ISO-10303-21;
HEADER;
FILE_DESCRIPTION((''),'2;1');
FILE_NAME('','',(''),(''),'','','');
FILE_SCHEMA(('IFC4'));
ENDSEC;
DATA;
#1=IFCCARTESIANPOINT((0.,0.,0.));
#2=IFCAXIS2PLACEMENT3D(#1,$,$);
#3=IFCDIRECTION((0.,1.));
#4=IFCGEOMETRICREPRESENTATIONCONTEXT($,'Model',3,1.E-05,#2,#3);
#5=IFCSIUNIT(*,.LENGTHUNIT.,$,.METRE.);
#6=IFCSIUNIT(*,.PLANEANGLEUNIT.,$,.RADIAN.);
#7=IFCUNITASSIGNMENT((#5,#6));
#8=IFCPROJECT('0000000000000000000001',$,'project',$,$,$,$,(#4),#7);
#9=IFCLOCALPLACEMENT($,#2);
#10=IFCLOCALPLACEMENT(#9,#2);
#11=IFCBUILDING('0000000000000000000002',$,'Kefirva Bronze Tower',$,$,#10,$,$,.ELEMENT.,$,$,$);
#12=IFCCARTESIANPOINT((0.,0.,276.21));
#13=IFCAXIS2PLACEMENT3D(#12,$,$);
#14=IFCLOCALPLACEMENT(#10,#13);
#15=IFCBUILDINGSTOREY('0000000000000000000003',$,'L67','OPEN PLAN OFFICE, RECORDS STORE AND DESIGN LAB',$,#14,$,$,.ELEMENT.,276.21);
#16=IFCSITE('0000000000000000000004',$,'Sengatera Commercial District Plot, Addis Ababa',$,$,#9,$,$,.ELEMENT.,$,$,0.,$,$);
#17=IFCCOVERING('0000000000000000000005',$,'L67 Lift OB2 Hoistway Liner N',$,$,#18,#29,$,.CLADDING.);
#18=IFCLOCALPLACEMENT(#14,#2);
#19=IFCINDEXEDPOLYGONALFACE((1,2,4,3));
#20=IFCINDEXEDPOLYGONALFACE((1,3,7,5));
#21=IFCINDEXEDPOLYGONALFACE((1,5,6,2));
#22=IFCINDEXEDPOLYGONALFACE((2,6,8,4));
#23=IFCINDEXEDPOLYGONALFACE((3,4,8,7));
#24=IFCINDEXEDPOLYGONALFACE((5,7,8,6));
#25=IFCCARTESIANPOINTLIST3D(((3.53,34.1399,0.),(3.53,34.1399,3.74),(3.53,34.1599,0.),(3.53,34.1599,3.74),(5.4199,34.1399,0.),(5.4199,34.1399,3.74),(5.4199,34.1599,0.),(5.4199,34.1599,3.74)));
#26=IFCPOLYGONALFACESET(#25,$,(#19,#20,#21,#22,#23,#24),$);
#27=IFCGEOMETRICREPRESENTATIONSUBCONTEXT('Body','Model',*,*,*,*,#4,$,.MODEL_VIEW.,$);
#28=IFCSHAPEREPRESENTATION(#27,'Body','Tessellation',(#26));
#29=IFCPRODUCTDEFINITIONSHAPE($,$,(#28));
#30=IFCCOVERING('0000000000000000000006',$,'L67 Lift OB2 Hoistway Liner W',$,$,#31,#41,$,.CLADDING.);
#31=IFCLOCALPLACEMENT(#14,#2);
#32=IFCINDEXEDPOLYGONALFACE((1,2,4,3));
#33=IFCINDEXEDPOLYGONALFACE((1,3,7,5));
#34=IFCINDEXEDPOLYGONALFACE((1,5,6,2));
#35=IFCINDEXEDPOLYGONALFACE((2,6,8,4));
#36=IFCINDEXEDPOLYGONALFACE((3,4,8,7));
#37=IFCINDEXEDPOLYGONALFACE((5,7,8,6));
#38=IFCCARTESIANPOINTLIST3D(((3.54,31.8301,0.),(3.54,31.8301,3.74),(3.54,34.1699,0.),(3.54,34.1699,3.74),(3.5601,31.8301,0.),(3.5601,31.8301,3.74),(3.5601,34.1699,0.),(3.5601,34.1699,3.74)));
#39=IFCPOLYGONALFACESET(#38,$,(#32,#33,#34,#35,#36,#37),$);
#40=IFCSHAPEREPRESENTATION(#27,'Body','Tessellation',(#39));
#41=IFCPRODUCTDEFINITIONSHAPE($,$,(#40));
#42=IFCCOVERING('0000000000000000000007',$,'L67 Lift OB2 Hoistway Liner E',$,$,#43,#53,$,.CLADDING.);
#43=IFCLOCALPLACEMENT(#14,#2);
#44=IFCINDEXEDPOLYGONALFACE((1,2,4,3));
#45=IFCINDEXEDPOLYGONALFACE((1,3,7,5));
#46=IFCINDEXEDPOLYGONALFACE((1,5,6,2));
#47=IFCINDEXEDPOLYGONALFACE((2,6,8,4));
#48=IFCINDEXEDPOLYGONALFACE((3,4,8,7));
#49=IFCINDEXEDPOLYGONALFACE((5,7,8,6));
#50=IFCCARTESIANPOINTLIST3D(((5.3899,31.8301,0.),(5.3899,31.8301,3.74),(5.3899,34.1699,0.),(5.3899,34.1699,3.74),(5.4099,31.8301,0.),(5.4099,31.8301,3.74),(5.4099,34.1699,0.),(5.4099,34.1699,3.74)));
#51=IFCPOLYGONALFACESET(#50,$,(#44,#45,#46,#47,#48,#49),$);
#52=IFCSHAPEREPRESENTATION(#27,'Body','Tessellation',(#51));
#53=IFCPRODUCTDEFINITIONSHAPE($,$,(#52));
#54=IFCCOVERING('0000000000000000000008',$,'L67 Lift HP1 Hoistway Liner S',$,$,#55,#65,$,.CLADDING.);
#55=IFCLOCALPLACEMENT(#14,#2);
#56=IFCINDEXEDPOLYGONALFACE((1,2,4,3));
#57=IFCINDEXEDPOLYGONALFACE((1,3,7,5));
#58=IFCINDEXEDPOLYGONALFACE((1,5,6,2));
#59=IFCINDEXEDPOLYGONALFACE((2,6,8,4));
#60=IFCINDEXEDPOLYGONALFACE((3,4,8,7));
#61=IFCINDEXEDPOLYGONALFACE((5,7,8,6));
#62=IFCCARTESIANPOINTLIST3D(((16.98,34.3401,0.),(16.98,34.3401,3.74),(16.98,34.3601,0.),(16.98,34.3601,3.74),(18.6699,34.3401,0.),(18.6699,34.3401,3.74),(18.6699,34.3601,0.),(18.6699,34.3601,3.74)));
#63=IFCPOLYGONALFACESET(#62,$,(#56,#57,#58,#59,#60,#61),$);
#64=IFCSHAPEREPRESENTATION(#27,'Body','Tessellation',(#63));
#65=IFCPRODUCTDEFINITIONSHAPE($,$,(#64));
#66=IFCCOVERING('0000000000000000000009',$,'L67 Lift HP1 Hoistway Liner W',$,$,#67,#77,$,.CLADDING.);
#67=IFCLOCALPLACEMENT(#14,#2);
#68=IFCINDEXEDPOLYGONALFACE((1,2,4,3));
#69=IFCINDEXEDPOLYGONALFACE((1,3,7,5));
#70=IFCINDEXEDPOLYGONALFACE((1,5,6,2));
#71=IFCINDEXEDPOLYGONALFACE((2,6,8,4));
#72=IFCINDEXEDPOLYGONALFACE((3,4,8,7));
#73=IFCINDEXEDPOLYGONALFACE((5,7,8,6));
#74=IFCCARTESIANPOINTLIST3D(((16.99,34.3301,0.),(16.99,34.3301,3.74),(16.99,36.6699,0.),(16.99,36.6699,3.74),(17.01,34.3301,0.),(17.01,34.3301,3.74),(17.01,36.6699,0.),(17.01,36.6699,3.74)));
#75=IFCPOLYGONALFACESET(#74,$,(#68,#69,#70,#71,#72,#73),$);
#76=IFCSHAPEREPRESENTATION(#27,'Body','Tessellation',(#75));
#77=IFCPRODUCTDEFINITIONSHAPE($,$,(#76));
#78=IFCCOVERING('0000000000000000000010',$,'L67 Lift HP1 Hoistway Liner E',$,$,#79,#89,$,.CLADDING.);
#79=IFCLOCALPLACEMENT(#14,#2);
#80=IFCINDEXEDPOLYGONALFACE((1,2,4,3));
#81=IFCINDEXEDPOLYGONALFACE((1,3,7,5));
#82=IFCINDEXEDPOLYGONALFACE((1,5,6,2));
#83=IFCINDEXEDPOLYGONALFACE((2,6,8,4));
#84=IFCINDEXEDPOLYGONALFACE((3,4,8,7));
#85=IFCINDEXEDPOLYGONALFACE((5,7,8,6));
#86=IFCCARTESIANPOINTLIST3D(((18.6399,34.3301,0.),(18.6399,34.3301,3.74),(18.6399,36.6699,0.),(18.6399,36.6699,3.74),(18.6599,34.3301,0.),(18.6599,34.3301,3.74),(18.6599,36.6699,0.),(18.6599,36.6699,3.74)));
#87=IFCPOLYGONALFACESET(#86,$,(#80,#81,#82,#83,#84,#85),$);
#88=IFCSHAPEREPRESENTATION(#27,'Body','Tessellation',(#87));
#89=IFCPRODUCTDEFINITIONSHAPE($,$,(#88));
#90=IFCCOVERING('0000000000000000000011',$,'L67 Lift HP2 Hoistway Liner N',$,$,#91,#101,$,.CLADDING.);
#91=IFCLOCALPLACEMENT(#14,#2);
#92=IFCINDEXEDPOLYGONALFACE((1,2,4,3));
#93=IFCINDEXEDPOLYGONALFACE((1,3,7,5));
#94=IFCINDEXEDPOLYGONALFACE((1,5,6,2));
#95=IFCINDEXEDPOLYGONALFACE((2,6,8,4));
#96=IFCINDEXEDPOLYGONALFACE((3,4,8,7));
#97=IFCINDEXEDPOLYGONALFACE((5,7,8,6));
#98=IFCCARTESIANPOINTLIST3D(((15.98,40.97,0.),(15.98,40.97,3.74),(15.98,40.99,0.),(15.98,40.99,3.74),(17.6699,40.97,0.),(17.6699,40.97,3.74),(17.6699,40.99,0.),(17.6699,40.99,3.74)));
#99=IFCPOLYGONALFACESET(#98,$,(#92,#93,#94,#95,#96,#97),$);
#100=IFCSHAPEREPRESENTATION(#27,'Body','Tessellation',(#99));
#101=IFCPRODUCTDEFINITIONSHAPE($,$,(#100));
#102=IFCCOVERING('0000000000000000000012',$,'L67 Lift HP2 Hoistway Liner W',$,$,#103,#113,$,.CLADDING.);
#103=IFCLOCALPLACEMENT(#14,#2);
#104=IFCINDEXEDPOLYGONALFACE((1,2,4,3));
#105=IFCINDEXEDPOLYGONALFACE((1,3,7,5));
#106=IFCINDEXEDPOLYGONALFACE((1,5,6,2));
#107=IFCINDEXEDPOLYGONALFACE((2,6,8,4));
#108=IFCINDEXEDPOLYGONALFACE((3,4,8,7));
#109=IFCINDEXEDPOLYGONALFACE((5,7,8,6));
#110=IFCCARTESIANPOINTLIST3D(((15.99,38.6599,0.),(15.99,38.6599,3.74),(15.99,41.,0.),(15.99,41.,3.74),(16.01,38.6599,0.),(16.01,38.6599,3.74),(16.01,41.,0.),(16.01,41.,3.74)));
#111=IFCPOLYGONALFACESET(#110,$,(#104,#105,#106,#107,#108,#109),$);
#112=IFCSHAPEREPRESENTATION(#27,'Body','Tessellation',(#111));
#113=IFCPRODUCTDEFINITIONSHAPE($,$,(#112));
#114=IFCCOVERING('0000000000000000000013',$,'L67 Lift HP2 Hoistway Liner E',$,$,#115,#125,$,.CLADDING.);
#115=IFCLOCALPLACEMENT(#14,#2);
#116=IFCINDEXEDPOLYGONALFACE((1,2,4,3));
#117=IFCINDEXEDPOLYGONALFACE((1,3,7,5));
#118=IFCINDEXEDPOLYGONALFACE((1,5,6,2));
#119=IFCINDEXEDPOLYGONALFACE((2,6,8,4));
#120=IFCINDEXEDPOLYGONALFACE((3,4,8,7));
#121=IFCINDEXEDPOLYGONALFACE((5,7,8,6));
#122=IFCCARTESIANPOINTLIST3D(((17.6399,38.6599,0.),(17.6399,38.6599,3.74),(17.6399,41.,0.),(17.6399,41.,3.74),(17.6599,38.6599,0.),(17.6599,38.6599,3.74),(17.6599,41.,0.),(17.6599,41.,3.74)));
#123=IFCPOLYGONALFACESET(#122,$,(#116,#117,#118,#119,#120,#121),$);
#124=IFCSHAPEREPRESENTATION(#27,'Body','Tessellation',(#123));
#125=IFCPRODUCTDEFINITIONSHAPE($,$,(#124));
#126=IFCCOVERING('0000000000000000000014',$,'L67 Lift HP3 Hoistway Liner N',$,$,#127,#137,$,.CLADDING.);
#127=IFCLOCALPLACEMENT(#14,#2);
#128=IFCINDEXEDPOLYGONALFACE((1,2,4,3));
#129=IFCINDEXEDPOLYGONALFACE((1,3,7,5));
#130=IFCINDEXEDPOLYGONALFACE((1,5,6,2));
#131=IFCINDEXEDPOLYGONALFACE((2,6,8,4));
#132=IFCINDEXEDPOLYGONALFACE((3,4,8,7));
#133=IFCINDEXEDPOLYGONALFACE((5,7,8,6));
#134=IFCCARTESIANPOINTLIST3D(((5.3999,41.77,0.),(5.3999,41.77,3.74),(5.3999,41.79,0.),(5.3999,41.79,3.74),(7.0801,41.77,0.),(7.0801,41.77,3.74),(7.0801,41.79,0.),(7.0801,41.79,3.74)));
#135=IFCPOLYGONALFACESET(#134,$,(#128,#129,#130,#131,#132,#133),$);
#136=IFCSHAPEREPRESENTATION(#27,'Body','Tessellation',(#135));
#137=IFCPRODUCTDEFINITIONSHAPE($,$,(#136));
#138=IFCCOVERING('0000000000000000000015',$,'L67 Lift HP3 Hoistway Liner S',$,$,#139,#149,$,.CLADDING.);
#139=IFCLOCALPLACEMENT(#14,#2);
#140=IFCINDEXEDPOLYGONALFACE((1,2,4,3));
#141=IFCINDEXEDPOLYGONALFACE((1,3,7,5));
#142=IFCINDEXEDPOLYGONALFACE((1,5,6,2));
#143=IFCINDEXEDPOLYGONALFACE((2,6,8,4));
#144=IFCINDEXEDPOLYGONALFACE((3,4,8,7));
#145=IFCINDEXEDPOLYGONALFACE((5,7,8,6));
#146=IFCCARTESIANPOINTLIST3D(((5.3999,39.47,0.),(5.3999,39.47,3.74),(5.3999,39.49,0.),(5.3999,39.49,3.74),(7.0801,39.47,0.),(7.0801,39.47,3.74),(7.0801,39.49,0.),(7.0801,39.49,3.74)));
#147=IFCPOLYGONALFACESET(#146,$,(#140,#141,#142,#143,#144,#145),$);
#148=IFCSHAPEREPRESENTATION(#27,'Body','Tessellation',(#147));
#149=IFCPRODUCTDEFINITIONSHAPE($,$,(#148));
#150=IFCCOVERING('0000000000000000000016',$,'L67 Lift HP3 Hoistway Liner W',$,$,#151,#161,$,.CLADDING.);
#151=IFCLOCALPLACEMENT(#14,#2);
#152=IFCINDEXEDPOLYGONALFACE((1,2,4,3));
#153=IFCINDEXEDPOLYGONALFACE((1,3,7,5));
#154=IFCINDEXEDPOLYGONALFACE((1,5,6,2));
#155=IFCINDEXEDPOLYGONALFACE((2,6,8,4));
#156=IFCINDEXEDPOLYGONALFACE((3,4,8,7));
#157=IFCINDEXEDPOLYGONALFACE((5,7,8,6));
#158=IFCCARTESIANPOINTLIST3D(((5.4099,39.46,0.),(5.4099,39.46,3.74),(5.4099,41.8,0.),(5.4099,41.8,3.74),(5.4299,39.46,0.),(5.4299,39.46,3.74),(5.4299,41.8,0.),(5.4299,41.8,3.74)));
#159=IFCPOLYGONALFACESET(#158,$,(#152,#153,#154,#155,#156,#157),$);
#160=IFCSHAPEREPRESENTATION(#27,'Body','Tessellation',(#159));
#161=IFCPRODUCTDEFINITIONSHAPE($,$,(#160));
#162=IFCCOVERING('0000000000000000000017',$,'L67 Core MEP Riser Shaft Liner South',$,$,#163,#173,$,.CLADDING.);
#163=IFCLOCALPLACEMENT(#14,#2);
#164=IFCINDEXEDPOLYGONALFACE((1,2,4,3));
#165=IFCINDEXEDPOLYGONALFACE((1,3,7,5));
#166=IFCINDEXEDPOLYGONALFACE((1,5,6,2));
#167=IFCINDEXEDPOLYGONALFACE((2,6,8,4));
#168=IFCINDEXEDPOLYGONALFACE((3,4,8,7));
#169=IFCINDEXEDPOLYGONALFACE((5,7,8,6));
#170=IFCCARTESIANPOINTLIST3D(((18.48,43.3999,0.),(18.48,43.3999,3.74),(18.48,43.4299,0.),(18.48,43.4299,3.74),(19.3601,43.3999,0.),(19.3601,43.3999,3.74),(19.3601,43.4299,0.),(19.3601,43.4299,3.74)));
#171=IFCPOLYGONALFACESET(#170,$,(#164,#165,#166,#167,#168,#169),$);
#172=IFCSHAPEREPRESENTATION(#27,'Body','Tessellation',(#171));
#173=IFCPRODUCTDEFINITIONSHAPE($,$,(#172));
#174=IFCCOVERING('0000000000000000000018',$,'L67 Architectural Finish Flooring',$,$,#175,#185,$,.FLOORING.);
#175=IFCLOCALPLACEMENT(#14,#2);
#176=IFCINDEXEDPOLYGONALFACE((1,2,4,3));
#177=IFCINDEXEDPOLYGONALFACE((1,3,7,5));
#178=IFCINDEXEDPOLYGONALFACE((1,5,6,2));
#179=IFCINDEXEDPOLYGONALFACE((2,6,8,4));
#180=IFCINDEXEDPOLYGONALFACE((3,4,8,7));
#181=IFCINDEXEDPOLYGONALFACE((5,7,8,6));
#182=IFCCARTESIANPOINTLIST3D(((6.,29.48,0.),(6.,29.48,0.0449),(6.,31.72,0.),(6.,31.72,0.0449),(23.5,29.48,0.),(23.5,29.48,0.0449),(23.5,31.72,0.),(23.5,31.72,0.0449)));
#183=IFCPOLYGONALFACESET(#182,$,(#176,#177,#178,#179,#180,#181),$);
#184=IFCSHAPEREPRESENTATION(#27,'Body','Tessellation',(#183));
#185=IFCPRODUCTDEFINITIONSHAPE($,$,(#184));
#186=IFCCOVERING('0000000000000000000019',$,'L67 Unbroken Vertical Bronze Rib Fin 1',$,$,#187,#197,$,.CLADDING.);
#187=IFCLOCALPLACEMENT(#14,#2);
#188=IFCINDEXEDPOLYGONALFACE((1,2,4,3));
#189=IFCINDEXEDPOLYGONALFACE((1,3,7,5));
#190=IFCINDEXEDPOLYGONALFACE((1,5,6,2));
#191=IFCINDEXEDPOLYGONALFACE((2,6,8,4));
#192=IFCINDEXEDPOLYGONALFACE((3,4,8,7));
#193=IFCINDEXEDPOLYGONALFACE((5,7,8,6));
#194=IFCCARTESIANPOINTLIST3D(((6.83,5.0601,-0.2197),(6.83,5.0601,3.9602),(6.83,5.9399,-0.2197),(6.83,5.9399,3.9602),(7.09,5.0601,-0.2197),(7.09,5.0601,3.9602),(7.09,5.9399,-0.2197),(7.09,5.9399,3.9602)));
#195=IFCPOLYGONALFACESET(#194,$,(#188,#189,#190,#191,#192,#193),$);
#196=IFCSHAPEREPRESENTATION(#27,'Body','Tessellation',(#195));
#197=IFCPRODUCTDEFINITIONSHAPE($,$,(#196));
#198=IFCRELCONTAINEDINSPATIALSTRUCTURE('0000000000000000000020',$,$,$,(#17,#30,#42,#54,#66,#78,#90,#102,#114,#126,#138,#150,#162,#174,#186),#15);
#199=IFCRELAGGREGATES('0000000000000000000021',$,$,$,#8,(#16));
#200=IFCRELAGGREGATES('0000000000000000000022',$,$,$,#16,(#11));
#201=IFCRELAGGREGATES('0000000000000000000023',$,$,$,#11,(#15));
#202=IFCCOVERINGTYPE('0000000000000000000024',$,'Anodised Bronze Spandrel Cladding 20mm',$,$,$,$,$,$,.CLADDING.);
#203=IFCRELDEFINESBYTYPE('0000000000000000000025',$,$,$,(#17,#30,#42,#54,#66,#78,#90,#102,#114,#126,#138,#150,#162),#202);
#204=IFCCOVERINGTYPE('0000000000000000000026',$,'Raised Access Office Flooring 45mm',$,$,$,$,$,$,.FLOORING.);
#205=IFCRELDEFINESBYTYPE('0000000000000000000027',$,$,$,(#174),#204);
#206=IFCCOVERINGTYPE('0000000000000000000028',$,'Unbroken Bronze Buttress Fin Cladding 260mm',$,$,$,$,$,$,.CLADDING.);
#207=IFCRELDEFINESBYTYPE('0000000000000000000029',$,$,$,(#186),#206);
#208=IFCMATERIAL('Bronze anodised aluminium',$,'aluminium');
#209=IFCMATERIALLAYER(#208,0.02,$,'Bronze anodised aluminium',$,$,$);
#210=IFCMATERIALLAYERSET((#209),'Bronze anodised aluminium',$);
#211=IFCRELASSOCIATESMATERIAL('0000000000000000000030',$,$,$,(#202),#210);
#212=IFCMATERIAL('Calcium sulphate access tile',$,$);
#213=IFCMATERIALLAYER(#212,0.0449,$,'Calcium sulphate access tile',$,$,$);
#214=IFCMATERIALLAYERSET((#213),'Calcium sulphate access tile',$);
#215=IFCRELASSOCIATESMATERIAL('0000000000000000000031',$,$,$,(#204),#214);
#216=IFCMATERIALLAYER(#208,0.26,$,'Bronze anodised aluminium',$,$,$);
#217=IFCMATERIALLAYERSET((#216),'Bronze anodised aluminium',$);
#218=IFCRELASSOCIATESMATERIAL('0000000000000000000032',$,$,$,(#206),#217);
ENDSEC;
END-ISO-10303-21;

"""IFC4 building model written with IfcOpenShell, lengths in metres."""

from ifc_helpers import new_model, si_unit, direction, frame, origin, origin_2d, place, context, subcontext, project, spatial, polyline, rectangle, outline, extrude, material, layer, layer_set, type_object, element, save


model = new_model("IFC4")

# Units and contexts
model_context = context("Model", 3, precision=1e-05, world=origin(), true_north=direction((0.0, 1.0)))
body_context = subcontext(model_context, "Body", "Model", "MODEL_VIEW")
ifc_project = project(units=[si_unit("LENGTHUNIT", "METRE"), si_unit("PLANEANGLEUNIT", "RADIAN")], contexts=[model_context])

# Site, building, storey
site_placement = place(None, origin())
site = spatial("IfcSite", under=ifc_project, at=site_placement, Name="Sengatera Commercial District Plot, Addis Ababa", CompositionType="ELEMENT", RefElevation=0.0)
building_placement = place(site_placement, origin())
building = spatial("IfcBuilding", under=site, at=building_placement, Name="Kefirva Bronze Tower", CompositionType="ELEMENT")
storey_placement = place(building_placement, frame((0.0, 0.0, 276.21)))
storey = spatial("IfcBuildingStorey", under=building, at=storey_placement, Name="L67", Description="OPEN PLAN OFFICE, RECORDS STORE AND DESIGN LAB", CompositionType="ELEMENT", Elevation=276.21)

# Shared definitions
ifc_material_1 = material(Name="Bronze anodised aluminium", Category="aluminium")

# Coverings
ifc_layer_1 = layer(ifc_material_1, 0.02, Name="Bronze anodised aluminium")
ifc_layer_set_1 = layer_set([ifc_layer_1], Name="Bronze anodised aluminium")
covering_type_1 = type_object("IfcCoveringType", Name="Anodised Bronze Spandrel Cladding 20mm", PredefinedType="CLADDING", material=ifc_layer_set_1)
covering_1_placement = place(storey_placement, origin())
element("IfcCovering", 1, at=covering_1_placement, inside=storey, type_object=covering_type_1, Name="L67 Lift OB2 Hoistway Liner N", PredefinedType="CLADDING", context=body_context, shape_type="SweptSolid", body=[
    extrude(outline(polyline([(3.53, 34.1399), (5.4199, 34.1399), (5.4199, 34.1599), (3.53, 34.1599), (3.53, 34.1399)])), origin(), (0.0, 0.0, 1.0), 3.74),
])
covering_2_placement = place(storey_placement, origin())
element("IfcCovering", 2, at=covering_2_placement, inside=storey, type_object=covering_type_1, Name="L67 Lift OB2 Hoistway Liner W", PredefinedType="CLADDING", context=body_context, shape_type="SweptSolid", body=[
    extrude(outline(polyline([(3.54, 31.8301), (3.5601, 31.8301), (3.5601, 34.1699), (3.54, 34.1699), (3.54, 31.8301)])), origin(), (0.0, 0.0, 1.0), 3.74),
])
covering_3_placement = place(storey_placement, origin())
element("IfcCovering", 3, at=covering_3_placement, inside=storey, type_object=covering_type_1, Name="L67 Lift OB2 Hoistway Liner E", PredefinedType="CLADDING", context=body_context, shape_type="SweptSolid", body=[
    extrude(outline(polyline([(5.3899, 31.8301), (5.4099, 31.8301), (5.4099, 34.1699), (5.3899, 34.1699), (5.3899, 31.8301)])), origin(), (0.0, 0.0, 1.0), 3.74),
])
covering_4_placement = place(storey_placement, origin())
element("IfcCovering", 4, at=covering_4_placement, inside=storey, type_object=covering_type_1, Name="L67 Lift HP1 Hoistway Liner S", PredefinedType="CLADDING", context=body_context, shape_type="SweptSolid", body=[
    extrude(outline(polyline([(16.98, 34.3401), (18.6699, 34.3401), (18.6699, 34.3601), (16.98, 34.3601), (16.98, 34.3401)])), origin(), (0.0, 0.0, 1.0), 3.74),
])
covering_5_placement = place(storey_placement, origin())
element("IfcCovering", 5, at=covering_5_placement, inside=storey, type_object=covering_type_1, Name="L67 Lift HP1 Hoistway Liner W", PredefinedType="CLADDING", context=body_context, shape_type="SweptSolid", body=[
    extrude(outline(polyline([(16.99, 34.3301), (17.01, 34.3301), (17.01, 36.6699), (16.99, 36.6699), (16.99, 34.3301)])), origin(), (0.0, 0.0, 1.0), 3.74),
])
covering_6_placement = place(storey_placement, origin())
element("IfcCovering", 6, at=covering_6_placement, inside=storey, type_object=covering_type_1, Name="L67 Lift HP1 Hoistway Liner E", PredefinedType="CLADDING", context=body_context, shape_type="SweptSolid", body=[
    extrude(outline(polyline([(18.6399, 34.3301), (18.6599, 34.3301), (18.6599, 36.6699), (18.6399, 36.6699), (18.6399, 34.3301)])), origin(), (0.0, 0.0, 1.0), 3.74),
])
covering_7_placement = place(storey_placement, origin())
element("IfcCovering", 7, at=covering_7_placement, inside=storey, type_object=covering_type_1, Name="L67 Lift HP2 Hoistway Liner N", PredefinedType="CLADDING", context=body_context, shape_type="SweptSolid", body=[
    extrude(outline(polyline([(15.98, 40.97), (17.6699, 40.97), (17.6699, 40.99), (15.98, 40.99), (15.98, 40.97)])), origin(), (0.0, 0.0, 1.0), 3.74),
])
covering_8_placement = place(storey_placement, origin())
element("IfcCovering", 8, at=covering_8_placement, inside=storey, type_object=covering_type_1, Name="L67 Lift HP2 Hoistway Liner W", PredefinedType="CLADDING", context=body_context, shape_type="SweptSolid", body=[
    extrude(outline(polyline([(15.99, 38.6599), (16.01, 38.6599), (16.01, 41.0), (15.99, 41.0), (15.99, 38.6599)])), origin(), (0.0, 0.0, 1.0), 3.74),
])
covering_9_placement = place(storey_placement, origin())
element("IfcCovering", 9, at=covering_9_placement, inside=storey, type_object=covering_type_1, Name="L67 Lift HP2 Hoistway Liner E", PredefinedType="CLADDING", context=body_context, shape_type="SweptSolid", body=[
    extrude(outline(polyline([(17.6399, 38.6599), (17.6599, 38.6599), (17.6599, 41.0), (17.6399, 41.0), (17.6399, 38.6599)])), origin(), (0.0, 0.0, 1.0), 3.74),
])
covering_10_placement = place(storey_placement, origin())
element("IfcCovering", 10, at=covering_10_placement, inside=storey, type_object=covering_type_1, Name="L67 Lift HP3 Hoistway Liner N", PredefinedType="CLADDING", context=body_context, shape_type="SweptSolid", body=[
    extrude(outline(polyline([(5.3999, 41.77), (7.0801, 41.77), (7.0801, 41.79), (5.3999, 41.79), (5.3999, 41.77)])), origin(), (0.0, 0.0, 1.0), 3.74),
])
covering_11_placement = place(storey_placement, origin())
element("IfcCovering", 11, at=covering_11_placement, inside=storey, type_object=covering_type_1, Name="L67 Lift HP3 Hoistway Liner S", PredefinedType="CLADDING", context=body_context, shape_type="SweptSolid", body=[
    extrude(outline(polyline([(5.3999, 39.47), (7.0801, 39.47), (7.0801, 39.49), (5.3999, 39.49), (5.3999, 39.47)])), origin(), (0.0, 0.0, 1.0), 3.74),
])
covering_12_placement = place(storey_placement, origin())
element("IfcCovering", 12, at=covering_12_placement, inside=storey, type_object=covering_type_1, Name="L67 Lift HP3 Hoistway Liner W", PredefinedType="CLADDING", context=body_context, shape_type="SweptSolid", body=[
    extrude(outline(polyline([(5.4099, 39.46), (5.4299, 39.46), (5.4299, 41.8), (5.4099, 41.8), (5.4099, 39.46)])), origin(), (0.0, 0.0, 1.0), 3.74),
])
covering_13_placement = place(storey_placement, origin())
element("IfcCovering", 13, at=covering_13_placement, inside=storey, type_object=covering_type_1, Name="L67 Core MEP Riser Shaft Liner South", PredefinedType="CLADDING", context=body_context, shape_type="SweptSolid", body=[
    extrude(outline(polyline([(18.48, 43.3999), (19.3601, 43.3999), (19.3601, 43.4299), (18.48, 43.4299), (18.48, 43.3999)])), origin(), (0.0, 0.0, 1.0), 3.74),
])
ifc_material_2 = material(Name="Calcium sulphate access tile")
ifc_layer_2 = layer(ifc_material_2, 0.0449, Name="Calcium sulphate access tile")
ifc_layer_set_2 = layer_set([ifc_layer_2], Name="Calcium sulphate access tile")
covering_type_2 = type_object("IfcCoveringType", Name="Raised Access Office Flooring 45mm", PredefinedType="FLOORING", material=ifc_layer_set_2)
covering_14_placement = place(storey_placement, origin())
element("IfcCovering", 14, at=covering_14_placement, inside=storey, type_object=covering_type_2, Name="L67 Architectural Finish Flooring", PredefinedType="FLOORING", context=body_context, shape_type="SweptSolid", body=[
    extrude(outline(polyline([(6.0, 29.48), (23.5, 29.48), (23.5, 31.72), (6.0, 31.72), (6.0, 29.48)])), origin(), (0.0, 0.0, 1.0), 0.0449),
])
ifc_layer_3 = layer(ifc_material_1, 0.26, Name="Bronze anodised aluminium")
ifc_layer_set_3 = layer_set([ifc_layer_3], Name="Bronze anodised aluminium")
covering_type_3 = type_object("IfcCoveringType", Name="Unbroken Bronze Buttress Fin Cladding 260mm", PredefinedType="CLADDING", material=ifc_layer_set_3)
covering_15_placement = place(storey_placement, frame((6.96, 5.5, -0.2197), z_axis=(0.0, 0.0, 1.0), x_axis=(1.0, 0.0, 0.0)))
element("IfcCovering", 15, at=covering_15_placement, inside=storey, type_object=covering_type_3, Name="L67 Unbroken Vertical Bronze Rib Fin 1", PredefinedType="CLADDING", context=body_context, shape_type="SweptSolid", body=[
    extrude(rectangle(XDim=0.26, YDim=0.8799, at=origin_2d()), origin(), (0.0, 0.0, 1.0), 4.1799),
])

save(model, "model.ifc")
